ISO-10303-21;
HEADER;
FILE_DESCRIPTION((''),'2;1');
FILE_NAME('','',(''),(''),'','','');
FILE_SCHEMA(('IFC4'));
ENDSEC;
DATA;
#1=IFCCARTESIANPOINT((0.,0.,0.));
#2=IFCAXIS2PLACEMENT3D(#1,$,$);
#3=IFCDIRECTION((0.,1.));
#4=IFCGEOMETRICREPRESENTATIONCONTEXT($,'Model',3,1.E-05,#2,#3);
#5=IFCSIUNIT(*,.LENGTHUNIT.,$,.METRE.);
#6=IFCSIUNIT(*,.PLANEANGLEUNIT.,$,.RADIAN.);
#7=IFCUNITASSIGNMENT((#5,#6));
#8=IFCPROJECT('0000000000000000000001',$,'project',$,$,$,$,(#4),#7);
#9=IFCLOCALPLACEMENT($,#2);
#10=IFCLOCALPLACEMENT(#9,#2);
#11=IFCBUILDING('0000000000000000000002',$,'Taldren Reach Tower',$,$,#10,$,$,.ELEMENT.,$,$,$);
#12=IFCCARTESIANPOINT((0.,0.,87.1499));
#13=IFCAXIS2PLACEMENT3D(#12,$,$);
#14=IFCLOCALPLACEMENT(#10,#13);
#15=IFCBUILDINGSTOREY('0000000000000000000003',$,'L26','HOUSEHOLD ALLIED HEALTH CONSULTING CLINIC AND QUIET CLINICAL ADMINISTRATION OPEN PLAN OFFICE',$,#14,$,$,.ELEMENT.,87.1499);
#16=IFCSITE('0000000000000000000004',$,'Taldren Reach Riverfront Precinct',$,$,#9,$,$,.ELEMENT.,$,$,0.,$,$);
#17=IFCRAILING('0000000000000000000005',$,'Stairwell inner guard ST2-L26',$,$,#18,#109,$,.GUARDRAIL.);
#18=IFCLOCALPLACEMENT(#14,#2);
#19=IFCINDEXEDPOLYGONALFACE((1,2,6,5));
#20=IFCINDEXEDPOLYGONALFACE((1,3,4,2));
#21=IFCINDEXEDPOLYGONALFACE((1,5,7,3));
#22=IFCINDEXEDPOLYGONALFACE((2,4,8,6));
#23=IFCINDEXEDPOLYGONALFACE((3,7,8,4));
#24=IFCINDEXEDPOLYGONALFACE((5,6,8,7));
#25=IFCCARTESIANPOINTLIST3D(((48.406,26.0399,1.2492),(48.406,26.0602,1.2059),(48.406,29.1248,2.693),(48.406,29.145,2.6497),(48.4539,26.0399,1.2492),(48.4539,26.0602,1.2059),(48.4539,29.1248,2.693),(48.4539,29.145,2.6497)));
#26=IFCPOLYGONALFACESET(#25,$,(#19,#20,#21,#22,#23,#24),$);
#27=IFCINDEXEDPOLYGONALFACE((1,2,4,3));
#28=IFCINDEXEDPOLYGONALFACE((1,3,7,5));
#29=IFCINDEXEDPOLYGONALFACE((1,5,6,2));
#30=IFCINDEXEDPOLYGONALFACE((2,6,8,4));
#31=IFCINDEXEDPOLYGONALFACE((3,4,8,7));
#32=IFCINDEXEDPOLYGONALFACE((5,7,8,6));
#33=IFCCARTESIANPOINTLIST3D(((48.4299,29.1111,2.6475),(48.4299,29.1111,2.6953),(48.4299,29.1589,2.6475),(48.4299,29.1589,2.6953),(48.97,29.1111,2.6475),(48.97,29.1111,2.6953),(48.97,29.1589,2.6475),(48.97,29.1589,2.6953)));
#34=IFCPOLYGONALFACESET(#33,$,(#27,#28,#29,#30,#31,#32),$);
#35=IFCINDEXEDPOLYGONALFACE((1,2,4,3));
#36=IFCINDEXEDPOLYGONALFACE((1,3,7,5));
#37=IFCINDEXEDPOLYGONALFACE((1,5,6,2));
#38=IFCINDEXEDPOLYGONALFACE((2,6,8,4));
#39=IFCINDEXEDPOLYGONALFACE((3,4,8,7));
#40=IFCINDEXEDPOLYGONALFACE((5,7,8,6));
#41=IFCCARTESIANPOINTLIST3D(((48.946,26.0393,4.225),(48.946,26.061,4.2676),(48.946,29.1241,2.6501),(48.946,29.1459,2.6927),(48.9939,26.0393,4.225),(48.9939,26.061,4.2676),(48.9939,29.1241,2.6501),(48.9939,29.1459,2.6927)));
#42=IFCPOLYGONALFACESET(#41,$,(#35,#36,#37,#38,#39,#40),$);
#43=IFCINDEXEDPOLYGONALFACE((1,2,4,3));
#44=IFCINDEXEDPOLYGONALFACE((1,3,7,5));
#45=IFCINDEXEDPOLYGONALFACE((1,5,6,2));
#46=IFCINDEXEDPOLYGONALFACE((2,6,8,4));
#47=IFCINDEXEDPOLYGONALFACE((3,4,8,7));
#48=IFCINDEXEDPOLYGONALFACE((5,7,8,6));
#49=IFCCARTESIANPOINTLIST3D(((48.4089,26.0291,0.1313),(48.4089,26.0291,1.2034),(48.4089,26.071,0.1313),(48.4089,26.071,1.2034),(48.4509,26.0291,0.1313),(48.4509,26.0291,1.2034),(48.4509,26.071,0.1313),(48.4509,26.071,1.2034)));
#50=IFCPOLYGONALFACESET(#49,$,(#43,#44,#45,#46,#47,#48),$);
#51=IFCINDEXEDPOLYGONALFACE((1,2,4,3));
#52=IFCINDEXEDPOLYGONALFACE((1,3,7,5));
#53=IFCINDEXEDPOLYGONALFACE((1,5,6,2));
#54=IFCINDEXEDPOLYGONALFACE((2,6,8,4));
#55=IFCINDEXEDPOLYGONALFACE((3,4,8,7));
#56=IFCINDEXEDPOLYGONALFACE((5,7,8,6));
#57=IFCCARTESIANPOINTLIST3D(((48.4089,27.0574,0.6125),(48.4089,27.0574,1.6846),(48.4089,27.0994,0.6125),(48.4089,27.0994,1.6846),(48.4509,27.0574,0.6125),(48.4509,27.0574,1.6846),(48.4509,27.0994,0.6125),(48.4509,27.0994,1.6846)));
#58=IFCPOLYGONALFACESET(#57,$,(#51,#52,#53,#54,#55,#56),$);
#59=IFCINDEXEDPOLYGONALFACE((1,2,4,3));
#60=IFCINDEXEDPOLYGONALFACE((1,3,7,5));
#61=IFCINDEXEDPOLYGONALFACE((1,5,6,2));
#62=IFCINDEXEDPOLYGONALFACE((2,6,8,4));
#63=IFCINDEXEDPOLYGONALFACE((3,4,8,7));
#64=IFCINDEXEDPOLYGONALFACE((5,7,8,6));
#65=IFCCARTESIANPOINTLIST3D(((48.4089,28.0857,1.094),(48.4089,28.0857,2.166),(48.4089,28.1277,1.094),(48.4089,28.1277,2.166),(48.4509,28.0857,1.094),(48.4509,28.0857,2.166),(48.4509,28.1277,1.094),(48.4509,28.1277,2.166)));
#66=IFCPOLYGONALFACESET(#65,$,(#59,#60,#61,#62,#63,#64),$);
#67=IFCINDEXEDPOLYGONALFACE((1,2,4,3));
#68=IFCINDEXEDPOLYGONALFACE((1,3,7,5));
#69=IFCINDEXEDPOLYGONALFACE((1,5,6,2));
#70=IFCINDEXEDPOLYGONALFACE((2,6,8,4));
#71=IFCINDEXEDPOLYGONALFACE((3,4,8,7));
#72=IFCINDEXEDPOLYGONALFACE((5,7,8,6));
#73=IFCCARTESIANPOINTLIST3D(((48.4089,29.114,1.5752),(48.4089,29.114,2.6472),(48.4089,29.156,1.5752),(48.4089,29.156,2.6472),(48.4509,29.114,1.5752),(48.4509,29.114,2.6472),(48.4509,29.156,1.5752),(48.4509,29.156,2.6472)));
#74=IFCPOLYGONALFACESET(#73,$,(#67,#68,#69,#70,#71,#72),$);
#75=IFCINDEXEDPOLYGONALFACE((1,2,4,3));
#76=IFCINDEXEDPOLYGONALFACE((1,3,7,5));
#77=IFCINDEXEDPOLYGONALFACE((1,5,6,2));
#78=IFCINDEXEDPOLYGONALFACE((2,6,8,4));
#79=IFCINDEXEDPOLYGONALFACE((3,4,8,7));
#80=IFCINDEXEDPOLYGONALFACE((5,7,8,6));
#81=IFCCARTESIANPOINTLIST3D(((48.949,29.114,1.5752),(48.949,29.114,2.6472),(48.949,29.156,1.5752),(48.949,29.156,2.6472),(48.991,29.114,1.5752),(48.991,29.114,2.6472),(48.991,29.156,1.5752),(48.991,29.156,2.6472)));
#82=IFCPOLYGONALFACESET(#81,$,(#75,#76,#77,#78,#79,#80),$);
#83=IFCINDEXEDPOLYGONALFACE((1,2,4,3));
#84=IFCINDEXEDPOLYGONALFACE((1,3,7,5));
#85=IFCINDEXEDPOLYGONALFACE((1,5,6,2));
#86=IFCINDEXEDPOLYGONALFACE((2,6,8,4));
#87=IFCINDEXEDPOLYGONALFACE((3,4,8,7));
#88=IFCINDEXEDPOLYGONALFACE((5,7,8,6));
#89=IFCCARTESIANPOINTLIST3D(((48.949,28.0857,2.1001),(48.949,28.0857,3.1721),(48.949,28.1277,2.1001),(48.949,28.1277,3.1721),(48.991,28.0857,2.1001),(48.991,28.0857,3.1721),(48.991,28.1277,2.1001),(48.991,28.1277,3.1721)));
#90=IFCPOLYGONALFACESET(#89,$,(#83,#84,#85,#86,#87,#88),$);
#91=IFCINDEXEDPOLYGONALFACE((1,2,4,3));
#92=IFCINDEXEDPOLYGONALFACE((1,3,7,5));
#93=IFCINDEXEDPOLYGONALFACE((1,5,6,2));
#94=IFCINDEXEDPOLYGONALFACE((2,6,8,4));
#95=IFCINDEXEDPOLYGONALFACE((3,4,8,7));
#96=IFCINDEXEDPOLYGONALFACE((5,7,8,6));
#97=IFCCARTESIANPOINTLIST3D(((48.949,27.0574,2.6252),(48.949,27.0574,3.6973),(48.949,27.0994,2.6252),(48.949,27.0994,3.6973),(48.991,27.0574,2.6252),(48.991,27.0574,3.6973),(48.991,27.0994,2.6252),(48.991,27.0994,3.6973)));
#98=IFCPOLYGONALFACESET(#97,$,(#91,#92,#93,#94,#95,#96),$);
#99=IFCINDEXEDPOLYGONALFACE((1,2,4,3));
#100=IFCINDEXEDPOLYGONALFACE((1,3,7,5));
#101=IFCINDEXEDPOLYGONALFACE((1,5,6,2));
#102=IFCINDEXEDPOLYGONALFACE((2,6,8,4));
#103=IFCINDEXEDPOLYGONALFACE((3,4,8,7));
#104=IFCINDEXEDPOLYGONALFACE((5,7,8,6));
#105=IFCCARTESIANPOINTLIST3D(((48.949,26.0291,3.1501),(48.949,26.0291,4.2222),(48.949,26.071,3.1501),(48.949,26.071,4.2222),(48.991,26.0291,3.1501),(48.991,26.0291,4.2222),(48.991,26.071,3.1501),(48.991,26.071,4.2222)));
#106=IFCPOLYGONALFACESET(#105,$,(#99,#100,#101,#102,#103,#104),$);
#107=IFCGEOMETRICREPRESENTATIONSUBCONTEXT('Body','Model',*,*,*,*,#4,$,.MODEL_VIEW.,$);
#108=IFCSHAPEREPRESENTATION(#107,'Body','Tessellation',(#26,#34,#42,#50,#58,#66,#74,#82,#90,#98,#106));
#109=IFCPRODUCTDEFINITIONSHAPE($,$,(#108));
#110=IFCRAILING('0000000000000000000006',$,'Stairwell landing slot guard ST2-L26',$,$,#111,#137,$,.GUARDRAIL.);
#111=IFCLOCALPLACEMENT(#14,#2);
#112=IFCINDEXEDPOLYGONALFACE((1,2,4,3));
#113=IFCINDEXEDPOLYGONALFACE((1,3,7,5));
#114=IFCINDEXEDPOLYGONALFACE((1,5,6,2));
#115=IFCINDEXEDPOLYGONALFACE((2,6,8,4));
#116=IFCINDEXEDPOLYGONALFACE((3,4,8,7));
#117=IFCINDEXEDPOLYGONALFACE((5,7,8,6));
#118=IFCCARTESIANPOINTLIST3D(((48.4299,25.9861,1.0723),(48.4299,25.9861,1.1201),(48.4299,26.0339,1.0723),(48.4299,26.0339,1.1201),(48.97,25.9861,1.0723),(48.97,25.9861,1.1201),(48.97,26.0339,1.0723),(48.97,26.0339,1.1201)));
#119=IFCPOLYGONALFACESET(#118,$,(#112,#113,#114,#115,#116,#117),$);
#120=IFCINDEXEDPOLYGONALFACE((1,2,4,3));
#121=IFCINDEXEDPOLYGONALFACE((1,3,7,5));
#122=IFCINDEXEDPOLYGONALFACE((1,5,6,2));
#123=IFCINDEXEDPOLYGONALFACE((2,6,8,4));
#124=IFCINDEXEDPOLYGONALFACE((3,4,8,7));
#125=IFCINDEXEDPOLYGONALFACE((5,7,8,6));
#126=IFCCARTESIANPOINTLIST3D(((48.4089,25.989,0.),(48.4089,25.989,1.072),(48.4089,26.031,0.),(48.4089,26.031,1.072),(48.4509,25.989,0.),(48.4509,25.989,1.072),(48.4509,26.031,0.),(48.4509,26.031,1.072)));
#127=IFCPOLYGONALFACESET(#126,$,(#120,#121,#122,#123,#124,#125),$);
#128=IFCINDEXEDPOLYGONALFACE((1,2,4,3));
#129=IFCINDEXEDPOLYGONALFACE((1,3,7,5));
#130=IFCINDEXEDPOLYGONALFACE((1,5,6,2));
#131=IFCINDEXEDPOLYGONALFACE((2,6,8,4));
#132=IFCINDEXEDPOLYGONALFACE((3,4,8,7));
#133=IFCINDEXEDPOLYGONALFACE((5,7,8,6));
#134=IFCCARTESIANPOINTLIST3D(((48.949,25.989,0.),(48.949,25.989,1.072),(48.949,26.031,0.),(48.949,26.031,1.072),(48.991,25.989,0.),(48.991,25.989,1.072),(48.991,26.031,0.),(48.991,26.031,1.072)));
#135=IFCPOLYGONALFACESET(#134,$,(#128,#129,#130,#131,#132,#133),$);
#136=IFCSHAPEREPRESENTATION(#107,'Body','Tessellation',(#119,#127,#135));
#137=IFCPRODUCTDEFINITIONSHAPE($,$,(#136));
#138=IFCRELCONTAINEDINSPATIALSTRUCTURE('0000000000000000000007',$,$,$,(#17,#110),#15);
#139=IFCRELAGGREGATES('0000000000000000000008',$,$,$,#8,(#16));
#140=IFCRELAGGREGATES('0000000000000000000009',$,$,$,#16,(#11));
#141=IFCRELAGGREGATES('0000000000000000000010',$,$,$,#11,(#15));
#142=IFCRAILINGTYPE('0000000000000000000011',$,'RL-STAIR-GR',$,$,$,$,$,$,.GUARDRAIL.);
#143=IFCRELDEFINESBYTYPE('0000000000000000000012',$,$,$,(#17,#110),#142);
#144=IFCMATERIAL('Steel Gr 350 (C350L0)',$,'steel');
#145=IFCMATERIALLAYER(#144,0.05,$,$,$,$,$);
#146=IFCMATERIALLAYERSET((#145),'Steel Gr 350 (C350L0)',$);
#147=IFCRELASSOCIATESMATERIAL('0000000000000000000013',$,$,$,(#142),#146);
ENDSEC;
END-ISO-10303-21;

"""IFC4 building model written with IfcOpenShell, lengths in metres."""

from ifc_helpers import new_model, si_unit, direction, frame, origin, origin_2d, place, context, subcontext, project, spatial, rectangle, extrude, material, layer, layer_set, type_object, element, save


model = new_model("IFC4")

# Units and contexts
model_context = context("Model", 3, precision=1e-05, world=origin(), true_north=direction((0.0, 1.0)))
body_context = subcontext(model_context, "Body", "Model", "MODEL_VIEW")
ifc_project = project(units=[si_unit("LENGTHUNIT", "METRE"), si_unit("PLANEANGLEUNIT", "RADIAN")], contexts=[model_context])

# Site, building, storey
site_placement = place(None, origin())
site = spatial("IfcSite", under=ifc_project, at=site_placement, Name="Taldren Reach Riverfront Precinct", CompositionType="ELEMENT", RefElevation=0.0)
building_placement = place(site_placement, origin())
building = spatial("IfcBuilding", under=site, at=building_placement, Name="Taldren Reach Tower", CompositionType="ELEMENT")
storey_placement = place(building_placement, frame((0.0, 0.0, 87.1499)))
storey = spatial("IfcBuildingStorey", under=building, at=storey_placement, Name="L26", Description="HOUSEHOLD ALLIED HEALTH CONSULTING CLINIC AND QUIET CLINICAL ADMINISTRATION OPEN PLAN OFFICE", CompositionType="ELEMENT", Elevation=87.1499)

# Shared definitions
ifc_material_1 = material(Name="Steel Gr 350 (C350L0)", Category="steel")

# Railings
ifc_layer_1 = layer(ifc_material_1, 0.05)
ifc_layer_set_1 = layer_set([ifc_layer_1], Name="Steel Gr 350 (C350L0)")
railing_type_1 = type_object("IfcRailingType", Name="RL-STAIR-GR", PredefinedType="GUARDRAIL", material=ifc_layer_set_1)
railing_1_placement = place(storey_placement, frame((48.4299, 26.05, 0.1313)))
element("IfcRailing", 1, at=railing_1_placement, inside=storey, type_object=railing_type_1, Name="Stairwell inner guard ST2-L26", PredefinedType="GUARDRAIL", context=body_context, shape_type="SweptSolid", body=[
    extrude(rectangle(XDim=0.0479, YDim=0.0479, at=origin_2d()), frame((0.0, 0.0, 1.0962), z_axis=(0.0, 0.90571, 0.423898), x_axis=(-1.0, 0.0, 0.0)), (0.0, 0.0, 1.0), 3.406),
    extrude(rectangle(XDim=0.0479, YDim=0.0479, at=origin_2d()), frame((0.0, 3.085, 2.54), z_axis=(1.0, 0.0, 0.0), x_axis=(0.0, 1.0, 0.0)), (0.0, 0.0, 1.0), 0.54),
    extrude(rectangle(XDim=0.0479, YDim=0.0479, at=origin_2d()), frame((0.54, 3.085, 2.54), z_axis=(0.0, -0.890646, 0.454697), x_axis=(1.0, 0.0, 0.0)), (0.0, 0.0, 1.0), 3.4636),
    extrude(rectangle(XDim=0.042, YDim=0.042, at=origin_2d()), origin(), (0.0, 0.0, 1.0), 1.072),
    extrude(rectangle(XDim=0.042, YDim=0.042, at=origin_2d()), frame((0.0, 1.0283, 0.4812)), (0.0, 0.0, 1.0), 1.072),
    extrude(rectangle(XDim=0.042, YDim=0.042, at=origin_2d()), frame((0.0, 2.0566, 0.9626)), (0.0, 0.0, 1.0), 1.072),
    extrude(rectangle(XDim=0.042, YDim=0.042, at=origin_2d()), frame((0.0, 3.085, 1.4438)), (0.0, 0.0, 1.0), 1.072),
    extrude(rectangle(XDim=0.042, YDim=0.042, at=origin_2d()), frame((0.54, 3.085, 1.4438)), (0.0, 0.0, 1.0), 1.072),
    extrude(rectangle(XDim=0.042, YDim=0.042, at=origin_2d()), frame((0.54, 2.0566, 1.9688)), (0.0, 0.0, 1.0), 1.072),
    extrude(rectangle(XDim=0.042, YDim=0.042, at=origin_2d()), frame((0.54, 1.0283, 2.4939)), (0.0, 0.0, 1.0), 1.072),
    extrude(rectangle(XDim=0.042, YDim=0.042, at=origin_2d()), frame((0.54, 0.0, 3.0188)), (0.0, 0.0, 1.0), 1.072),
])
railing_2_placement = place(storey_placement, frame((48.4299, 26.01, 0.0)))
element("IfcRailing", 2, at=railing_2_placement, inside=storey, type_object=railing_type_1, Name="Stairwell landing slot guard ST2-L26", PredefinedType="GUARDRAIL", context=body_context, shape_type="SweptSolid", body=[
    extrude(rectangle(XDim=0.0479, YDim=0.0479, at=origin_2d()), frame((0.0, 0.0, 1.0962), z_axis=(1.0, 0.0, 0.0), x_axis=(0.0, 1.0, 0.0)), (0.0, 0.0, 1.0), 0.54),
    extrude(rectangle(XDim=0.042, YDim=0.042, at=origin_2d()), origin(), (0.0, 0.0, 1.0), 1.072),
    extrude(rectangle(XDim=0.042, YDim=0.042, at=origin_2d()), frame((0.54, 0.0, 0.0)), (0.0, 0.0, 1.0), 1.072),
])

save(model, "model.ifc")
